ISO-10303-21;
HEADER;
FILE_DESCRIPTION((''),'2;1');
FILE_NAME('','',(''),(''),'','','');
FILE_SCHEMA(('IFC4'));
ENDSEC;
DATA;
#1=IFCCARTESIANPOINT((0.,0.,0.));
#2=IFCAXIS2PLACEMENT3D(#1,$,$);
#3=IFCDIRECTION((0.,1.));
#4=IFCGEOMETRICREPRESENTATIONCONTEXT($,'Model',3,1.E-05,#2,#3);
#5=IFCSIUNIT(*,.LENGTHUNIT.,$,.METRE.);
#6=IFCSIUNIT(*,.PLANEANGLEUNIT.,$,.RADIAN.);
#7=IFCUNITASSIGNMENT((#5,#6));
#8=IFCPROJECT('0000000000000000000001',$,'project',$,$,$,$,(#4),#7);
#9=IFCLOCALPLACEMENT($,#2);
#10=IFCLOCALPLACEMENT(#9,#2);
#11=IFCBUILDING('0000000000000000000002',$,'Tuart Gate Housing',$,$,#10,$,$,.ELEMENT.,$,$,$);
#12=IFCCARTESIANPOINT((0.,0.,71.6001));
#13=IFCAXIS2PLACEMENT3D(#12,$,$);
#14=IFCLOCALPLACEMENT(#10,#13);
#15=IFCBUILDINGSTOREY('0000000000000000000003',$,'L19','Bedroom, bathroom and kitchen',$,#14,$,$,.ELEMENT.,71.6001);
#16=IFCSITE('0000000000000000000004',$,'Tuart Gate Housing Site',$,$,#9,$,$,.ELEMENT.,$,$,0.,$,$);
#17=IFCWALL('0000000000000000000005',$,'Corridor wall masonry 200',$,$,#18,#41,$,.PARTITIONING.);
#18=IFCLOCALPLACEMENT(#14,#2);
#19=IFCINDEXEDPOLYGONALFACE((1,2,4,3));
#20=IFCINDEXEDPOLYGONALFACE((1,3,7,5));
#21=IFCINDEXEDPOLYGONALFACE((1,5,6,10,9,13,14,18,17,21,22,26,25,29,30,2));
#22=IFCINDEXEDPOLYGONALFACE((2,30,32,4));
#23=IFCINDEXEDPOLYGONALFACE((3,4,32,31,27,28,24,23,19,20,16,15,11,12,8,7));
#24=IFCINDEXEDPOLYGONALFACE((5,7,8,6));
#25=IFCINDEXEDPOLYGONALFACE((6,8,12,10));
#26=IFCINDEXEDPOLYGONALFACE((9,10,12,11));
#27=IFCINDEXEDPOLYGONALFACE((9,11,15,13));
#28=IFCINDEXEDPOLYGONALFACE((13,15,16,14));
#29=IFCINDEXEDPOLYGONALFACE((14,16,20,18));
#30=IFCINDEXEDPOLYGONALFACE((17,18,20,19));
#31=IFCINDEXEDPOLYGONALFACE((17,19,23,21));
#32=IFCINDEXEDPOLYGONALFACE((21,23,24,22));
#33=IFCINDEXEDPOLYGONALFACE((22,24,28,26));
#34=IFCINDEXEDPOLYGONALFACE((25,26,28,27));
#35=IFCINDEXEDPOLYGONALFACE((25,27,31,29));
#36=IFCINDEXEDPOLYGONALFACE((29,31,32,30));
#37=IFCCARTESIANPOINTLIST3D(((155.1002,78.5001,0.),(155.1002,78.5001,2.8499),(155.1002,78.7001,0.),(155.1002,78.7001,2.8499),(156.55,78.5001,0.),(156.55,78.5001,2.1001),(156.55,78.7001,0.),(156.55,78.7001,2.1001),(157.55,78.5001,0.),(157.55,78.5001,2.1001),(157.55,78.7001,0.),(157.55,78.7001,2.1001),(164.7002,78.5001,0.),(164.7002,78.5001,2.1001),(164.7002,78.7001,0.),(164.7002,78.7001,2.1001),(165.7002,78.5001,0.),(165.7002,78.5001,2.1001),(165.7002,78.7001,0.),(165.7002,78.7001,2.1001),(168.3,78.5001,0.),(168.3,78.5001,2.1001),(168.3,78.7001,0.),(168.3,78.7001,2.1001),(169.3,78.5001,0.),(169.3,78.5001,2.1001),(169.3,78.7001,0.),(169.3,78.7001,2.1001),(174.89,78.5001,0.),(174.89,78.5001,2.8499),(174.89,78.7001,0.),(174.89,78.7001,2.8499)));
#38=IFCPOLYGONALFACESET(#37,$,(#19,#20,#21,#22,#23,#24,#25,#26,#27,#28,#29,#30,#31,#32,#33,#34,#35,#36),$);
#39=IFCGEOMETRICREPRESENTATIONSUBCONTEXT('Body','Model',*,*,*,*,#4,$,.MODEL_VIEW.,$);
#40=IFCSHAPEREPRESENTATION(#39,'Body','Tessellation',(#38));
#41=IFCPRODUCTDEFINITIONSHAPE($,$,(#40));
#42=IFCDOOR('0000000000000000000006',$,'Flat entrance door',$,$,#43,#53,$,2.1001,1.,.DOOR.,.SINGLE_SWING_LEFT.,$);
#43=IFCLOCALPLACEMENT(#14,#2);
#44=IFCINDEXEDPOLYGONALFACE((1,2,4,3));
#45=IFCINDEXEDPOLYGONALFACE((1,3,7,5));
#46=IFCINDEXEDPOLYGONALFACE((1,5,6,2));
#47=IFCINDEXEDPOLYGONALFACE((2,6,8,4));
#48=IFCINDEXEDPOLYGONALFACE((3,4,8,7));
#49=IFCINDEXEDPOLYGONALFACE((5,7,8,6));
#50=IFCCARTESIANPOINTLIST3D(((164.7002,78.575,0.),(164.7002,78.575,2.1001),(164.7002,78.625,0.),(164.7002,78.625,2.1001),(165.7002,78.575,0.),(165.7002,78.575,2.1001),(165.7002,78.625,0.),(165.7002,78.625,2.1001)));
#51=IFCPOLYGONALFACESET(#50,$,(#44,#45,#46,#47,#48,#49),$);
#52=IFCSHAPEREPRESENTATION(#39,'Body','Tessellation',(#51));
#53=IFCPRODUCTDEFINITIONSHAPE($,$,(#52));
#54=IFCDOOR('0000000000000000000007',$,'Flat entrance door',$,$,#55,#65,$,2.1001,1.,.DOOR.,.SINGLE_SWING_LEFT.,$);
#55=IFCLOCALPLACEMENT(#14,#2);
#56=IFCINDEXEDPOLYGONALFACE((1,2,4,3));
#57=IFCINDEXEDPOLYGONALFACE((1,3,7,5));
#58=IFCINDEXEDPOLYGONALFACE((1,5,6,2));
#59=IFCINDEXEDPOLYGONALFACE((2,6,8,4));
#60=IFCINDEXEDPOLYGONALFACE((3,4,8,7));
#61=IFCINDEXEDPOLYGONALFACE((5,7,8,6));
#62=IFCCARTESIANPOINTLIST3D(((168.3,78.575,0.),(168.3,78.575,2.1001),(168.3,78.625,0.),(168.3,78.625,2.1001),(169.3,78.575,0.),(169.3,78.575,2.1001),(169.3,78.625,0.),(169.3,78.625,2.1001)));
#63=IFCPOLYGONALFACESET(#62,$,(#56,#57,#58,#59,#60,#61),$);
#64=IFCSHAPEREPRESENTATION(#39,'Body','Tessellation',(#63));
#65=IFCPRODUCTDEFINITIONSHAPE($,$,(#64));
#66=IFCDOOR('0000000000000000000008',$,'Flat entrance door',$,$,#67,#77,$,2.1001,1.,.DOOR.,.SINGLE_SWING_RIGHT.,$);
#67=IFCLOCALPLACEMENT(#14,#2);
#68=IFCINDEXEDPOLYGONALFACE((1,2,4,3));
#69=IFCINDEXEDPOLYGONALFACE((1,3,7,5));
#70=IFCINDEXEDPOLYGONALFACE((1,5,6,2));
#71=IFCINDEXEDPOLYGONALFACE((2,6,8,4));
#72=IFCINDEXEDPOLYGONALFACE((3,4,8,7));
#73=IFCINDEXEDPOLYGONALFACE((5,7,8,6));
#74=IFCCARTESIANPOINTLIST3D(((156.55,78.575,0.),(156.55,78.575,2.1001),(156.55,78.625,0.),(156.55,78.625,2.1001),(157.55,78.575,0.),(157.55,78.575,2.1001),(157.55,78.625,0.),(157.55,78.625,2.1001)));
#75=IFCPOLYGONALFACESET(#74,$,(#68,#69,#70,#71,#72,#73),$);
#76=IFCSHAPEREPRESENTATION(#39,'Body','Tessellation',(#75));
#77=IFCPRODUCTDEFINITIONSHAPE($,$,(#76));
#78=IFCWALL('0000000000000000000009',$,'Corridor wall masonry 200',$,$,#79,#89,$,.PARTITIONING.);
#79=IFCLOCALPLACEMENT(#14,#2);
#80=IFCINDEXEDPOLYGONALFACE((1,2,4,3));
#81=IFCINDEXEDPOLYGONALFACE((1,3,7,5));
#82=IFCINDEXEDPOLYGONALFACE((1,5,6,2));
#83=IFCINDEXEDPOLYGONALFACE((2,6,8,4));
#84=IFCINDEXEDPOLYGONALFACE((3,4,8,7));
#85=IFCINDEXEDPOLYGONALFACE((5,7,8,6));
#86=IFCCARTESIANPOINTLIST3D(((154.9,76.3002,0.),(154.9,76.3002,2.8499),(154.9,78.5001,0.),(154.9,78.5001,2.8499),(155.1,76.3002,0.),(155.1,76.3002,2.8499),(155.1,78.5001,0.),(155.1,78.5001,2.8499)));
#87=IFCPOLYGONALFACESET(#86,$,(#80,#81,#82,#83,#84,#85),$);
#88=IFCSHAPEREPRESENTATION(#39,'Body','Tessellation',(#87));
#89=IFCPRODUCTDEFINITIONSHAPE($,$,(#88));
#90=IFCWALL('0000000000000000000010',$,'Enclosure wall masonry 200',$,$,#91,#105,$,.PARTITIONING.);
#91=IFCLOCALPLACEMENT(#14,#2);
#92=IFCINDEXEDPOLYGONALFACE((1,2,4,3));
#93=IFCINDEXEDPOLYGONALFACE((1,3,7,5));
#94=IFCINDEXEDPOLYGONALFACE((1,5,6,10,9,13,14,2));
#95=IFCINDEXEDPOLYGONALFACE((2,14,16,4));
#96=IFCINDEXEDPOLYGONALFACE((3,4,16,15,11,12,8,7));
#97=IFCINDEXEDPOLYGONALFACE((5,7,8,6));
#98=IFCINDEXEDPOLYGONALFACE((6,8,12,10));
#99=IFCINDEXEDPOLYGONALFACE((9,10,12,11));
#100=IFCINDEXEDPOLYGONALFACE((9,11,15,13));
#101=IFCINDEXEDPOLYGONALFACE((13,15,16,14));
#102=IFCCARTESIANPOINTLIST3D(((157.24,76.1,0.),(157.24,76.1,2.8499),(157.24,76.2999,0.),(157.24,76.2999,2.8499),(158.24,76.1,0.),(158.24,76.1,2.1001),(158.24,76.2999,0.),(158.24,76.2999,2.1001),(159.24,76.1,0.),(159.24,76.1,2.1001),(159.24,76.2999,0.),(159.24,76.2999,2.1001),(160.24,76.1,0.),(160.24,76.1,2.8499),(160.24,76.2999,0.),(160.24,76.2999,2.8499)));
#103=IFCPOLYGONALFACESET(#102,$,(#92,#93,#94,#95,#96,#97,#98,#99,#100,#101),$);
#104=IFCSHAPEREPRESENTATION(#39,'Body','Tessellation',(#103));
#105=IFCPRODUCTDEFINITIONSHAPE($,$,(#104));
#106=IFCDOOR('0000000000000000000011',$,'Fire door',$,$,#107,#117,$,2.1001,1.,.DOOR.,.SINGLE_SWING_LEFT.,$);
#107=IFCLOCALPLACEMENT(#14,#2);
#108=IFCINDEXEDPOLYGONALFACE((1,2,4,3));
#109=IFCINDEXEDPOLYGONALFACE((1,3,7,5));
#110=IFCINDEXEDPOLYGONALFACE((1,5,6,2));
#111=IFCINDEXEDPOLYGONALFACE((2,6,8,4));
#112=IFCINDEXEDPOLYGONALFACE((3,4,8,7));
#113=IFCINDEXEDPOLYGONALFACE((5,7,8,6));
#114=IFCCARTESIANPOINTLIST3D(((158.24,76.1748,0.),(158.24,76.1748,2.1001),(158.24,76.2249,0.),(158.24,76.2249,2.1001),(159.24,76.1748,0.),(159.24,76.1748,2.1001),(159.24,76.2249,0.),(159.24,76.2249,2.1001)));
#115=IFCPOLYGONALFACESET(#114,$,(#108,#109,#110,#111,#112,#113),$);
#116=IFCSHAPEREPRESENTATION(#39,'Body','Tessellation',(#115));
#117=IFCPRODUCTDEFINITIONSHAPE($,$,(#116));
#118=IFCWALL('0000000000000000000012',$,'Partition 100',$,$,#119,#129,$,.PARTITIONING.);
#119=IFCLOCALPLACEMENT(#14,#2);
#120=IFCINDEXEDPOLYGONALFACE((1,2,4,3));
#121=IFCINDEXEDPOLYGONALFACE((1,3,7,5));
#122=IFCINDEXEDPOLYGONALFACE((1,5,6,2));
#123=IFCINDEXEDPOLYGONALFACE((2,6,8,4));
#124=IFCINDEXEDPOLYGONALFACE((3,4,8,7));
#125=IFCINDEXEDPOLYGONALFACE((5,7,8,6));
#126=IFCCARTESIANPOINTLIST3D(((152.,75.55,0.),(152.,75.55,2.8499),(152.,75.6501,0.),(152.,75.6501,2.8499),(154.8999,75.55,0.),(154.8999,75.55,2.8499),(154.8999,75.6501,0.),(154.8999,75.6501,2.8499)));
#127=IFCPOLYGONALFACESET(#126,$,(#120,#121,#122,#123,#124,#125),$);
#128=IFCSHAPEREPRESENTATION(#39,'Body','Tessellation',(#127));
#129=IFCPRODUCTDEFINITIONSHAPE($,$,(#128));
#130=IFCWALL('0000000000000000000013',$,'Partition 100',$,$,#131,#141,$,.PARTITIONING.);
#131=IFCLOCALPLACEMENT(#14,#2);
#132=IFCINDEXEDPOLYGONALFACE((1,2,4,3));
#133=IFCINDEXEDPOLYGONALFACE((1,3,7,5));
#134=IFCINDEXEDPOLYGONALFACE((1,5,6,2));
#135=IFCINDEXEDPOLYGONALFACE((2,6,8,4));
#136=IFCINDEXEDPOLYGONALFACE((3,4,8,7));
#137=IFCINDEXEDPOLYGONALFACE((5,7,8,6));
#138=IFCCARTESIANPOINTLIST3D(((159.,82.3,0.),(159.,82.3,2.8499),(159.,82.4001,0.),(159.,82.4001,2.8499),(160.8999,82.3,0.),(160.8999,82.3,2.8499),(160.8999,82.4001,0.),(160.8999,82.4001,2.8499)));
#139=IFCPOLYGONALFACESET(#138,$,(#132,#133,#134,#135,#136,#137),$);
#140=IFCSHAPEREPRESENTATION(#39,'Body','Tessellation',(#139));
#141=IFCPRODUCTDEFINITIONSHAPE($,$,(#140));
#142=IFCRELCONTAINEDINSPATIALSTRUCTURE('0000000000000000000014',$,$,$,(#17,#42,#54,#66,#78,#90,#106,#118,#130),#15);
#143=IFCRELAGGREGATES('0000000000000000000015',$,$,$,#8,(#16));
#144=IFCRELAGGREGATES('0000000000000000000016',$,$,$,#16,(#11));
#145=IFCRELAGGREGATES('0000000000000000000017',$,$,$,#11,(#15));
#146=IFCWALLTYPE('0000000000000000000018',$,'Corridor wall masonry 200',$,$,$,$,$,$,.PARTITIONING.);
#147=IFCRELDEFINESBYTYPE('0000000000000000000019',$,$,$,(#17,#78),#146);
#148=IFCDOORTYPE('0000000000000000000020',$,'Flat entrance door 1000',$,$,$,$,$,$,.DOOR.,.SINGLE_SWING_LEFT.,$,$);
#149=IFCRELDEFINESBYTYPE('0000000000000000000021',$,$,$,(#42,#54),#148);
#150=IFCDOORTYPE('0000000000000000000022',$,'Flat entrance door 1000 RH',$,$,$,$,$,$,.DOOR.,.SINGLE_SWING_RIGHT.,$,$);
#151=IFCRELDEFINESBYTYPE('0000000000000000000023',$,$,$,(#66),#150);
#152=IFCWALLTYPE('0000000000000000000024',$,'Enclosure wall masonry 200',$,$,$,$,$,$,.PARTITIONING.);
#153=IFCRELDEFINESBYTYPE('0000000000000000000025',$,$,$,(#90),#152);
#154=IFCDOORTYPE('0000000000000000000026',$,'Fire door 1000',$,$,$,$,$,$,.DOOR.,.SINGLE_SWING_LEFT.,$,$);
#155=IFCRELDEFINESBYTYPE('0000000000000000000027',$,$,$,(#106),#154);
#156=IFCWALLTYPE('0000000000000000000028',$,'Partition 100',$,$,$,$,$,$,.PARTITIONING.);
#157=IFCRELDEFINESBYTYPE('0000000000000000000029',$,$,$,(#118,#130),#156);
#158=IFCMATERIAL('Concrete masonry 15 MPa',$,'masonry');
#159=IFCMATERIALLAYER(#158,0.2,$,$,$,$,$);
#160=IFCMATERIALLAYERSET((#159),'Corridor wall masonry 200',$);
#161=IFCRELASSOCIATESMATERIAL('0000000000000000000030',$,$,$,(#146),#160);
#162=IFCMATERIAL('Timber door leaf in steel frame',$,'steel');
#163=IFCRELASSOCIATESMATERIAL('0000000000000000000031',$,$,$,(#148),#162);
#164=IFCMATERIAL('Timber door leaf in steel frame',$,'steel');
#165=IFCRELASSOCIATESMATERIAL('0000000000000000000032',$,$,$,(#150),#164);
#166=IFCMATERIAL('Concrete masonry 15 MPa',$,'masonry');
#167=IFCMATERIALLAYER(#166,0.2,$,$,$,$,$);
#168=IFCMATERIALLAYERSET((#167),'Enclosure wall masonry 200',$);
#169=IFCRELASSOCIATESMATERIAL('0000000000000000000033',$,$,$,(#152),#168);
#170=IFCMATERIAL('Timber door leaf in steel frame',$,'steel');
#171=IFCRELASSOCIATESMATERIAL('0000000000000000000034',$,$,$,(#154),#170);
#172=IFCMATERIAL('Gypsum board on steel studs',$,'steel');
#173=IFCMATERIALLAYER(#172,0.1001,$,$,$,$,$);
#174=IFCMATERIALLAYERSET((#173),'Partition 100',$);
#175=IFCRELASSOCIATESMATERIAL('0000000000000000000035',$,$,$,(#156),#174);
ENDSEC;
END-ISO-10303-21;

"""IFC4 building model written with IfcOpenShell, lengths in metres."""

from ifc_helpers import new_model, si_unit, direction, frame, frame_2d, origin, place, context, subcontext, project, spatial, rectangle, extrude, material, layer, layer_set, type_object, element, fill, save


model = new_model("IFC4")

# Units and contexts
model_context = context("Model", 3, precision=1e-05, world=origin(), true_north=direction((0.0, 1.0)))
body_context = subcontext(model_context, "Body", "Model", "MODEL_VIEW")
ifc_project = project(units=[si_unit("LENGTHUNIT", "METRE"), si_unit("PLANEANGLEUNIT", "RADIAN")], contexts=[model_context])

# Site, building, storey
site_placement = place(None, origin())
site = spatial("IfcSite", under=ifc_project, at=site_placement, Name="Tuart Gate Housing Site", CompositionType="ELEMENT", RefElevation=0.0)
building_placement = place(site_placement, origin())
building = spatial("IfcBuilding", under=site, at=building_placement, Name="Tuart Gate Housing", CompositionType="ELEMENT")
storey_placement = place(building_placement, frame((0.0, 0.0, 71.6001)))
storey = spatial("IfcBuildingStorey", under=building, at=storey_placement, Name="L19", Description="Bedroom, bathroom and kitchen", CompositionType="ELEMENT", Elevation=71.6001)

# Shared definitions
ifc_material_1 = material(Name="Concrete masonry 15 MPa", Category="masonry")
ifc_layer_1 = layer(ifc_material_1, 0.2)
ifc_layer_set_1 = layer_set([ifc_layer_1], Name="Corridor wall masonry 200")
wall_type_1 = type_object("IfcWallType", Name="Corridor wall masonry 200", PredefinedType="PARTITIONING", material=ifc_layer_set_1)

# Wall, openings, doors
wall_1_placement = place(storey_placement, frame((155.1001, 78.6001, 0.0), z_axis=(0.0, 0.0, 1.0), x_axis=(1.0, 0.0, 0.0)))
wall_1 = element("IfcWall", 1, at=wall_1_placement, inside=storey, type_object=wall_type_1, Name="Corridor wall masonry 200", PredefinedType="PARTITIONING", context=body_context, shape_type="SweptSolid", body=[
    extrude(rectangle(XDim=19.7898, YDim=0.2, at=frame_2d((9.895, 0.0))), origin(), (0.0, 0.0, 1.0), 2.8499),
])
opening_1_placement = place(wall_1_placement, frame((1.45, 0.0, 0.0)))
opening_1 = element("IfcOpeningElement", 2, at=opening_1_placement, cuts=wall_1, PredefinedType="OPENING", context=body_context, shape_type="SweptSolid", body=[
    extrude(rectangle(XDim=1.0, YDim=2.1001, at=frame_2d((0.5, 1.05))), frame((0.0, 0.1099, 0.0), z_axis=(0.0, -1.0, 0.0), x_axis=(1.0, 0.0, 0.0)), (0.0, 0.0, 1.0), 0.22),
])
opening_2_placement = place(wall_1_placement, frame((9.6001, 0.0, 0.0)))
opening_2 = element("IfcOpeningElement", 3, at=opening_2_placement, cuts=wall_1, PredefinedType="OPENING", context=body_context, shape_type="SweptSolid", body=[
    extrude(rectangle(XDim=1.0, YDim=2.1001, at=frame_2d((0.5, 1.05))), frame((0.0, 0.1099, 0.0), z_axis=(0.0, -1.0, 0.0), x_axis=(1.0, 0.0, 0.0)), (0.0, 0.0, 1.0), 0.22),
])
opening_3_placement = place(wall_1_placement, frame((13.2, 0.0, 0.0)))
opening_3 = element("IfcOpeningElement", 4, at=opening_3_placement, cuts=wall_1, PredefinedType="OPENING", context=body_context, shape_type="SweptSolid", body=[
    extrude(rectangle(XDim=1.0, YDim=2.1001, at=frame_2d((0.5, 1.05))), frame((0.0, 0.1099, 0.0), z_axis=(0.0, -1.0, 0.0), x_axis=(1.0, 0.0, 0.0)), (0.0, 0.0, 1.0), 0.22),
])
ifc_material_2 = material(Name="Timber door leaf in steel frame", Category="steel")
door_type_1 = type_object("IfcDoorType", Name="Flat entrance door 1000", OperationType="SINGLE_SWING_LEFT", PredefinedType="DOOR", material=ifc_material_2)
door_1_placement = place(opening_2_placement, origin())
door_1 = element("IfcDoor", 5, at=door_1_placement, inside=storey, type_object=door_type_1, Name="Flat entrance door", OperationType="SINGLE_SWING_LEFT", OverallHeight=2.1001, OverallWidth=1.0, PredefinedType="DOOR", context=body_context, shape_type="SweptSolid", body=[
    extrude(rectangle(XDim=1.0, YDim=2.1001, at=frame_2d((0.5, 1.05))), frame((0.0, 0.0249, 0.0), z_axis=(0.0, -1.0, 0.0), x_axis=(1.0, 0.0, 0.0)), (0.0, 0.0, 1.0), 0.05),
])
fill(opening_2, door_1)
door_2_placement = place(opening_3_placement, origin())
door_2 = element("IfcDoor", 6, at=door_2_placement, inside=storey, type_object=door_type_1, Name="Flat entrance door", OperationType="SINGLE_SWING_LEFT", OverallHeight=2.1001, OverallWidth=1.0, PredefinedType="DOOR", context=body_context, shape_type="SweptSolid", body=[
    extrude(rectangle(XDim=1.0, YDim=2.1001, at=frame_2d((0.5, 1.05))), frame((0.0, 0.0249, 0.0), z_axis=(0.0, -1.0, 0.0), x_axis=(1.0, 0.0, 0.0)), (0.0, 0.0, 1.0), 0.05),
])
fill(opening_3, door_2)
ifc_material_3 = material(Name="Timber door leaf in steel frame", Category="steel")
door_type_2 = type_object("IfcDoorType", Name="Flat entrance door 1000 RH", OperationType="SINGLE_SWING_RIGHT", PredefinedType="DOOR", material=ifc_material_3)
door_3_placement = place(opening_1_placement, origin())
door_3 = element("IfcDoor", 7, at=door_3_placement, inside=storey, type_object=door_type_2, Name="Flat entrance door", OperationType="SINGLE_SWING_RIGHT", OverallHeight=2.1001, OverallWidth=1.0, PredefinedType="DOOR", context=body_context, shape_type="SweptSolid", body=[
    extrude(rectangle(XDim=1.0, YDim=2.1001, at=frame_2d((0.5, 1.05))), frame((0.0, 0.0249, 0.0), z_axis=(0.0, -1.0, 0.0), x_axis=(1.0, 0.0, 0.0)), (0.0, 0.0, 1.0), 0.05),
])
fill(opening_1, door_3)

# Wall
wall_2_placement = place(storey_placement, frame((155.0, 76.3, 0.0), z_axis=(0.0, 0.0, 1.0), x_axis=(0.0, 1.0, 0.0)))
element("IfcWall", 8, at=wall_2_placement, inside=storey, type_object=wall_type_1, Name="Corridor wall masonry 200", PredefinedType="PARTITIONING", context=body_context, shape_type="SweptSolid", body=[
    extrude(rectangle(XDim=2.2, YDim=0.2, at=frame_2d((1.1001, 0.0))), origin(), (0.0, 0.0, 1.0), 2.8499),
])

# Wall, opening, door
ifc_material_4 = material(Name="Concrete masonry 15 MPa", Category="masonry")
ifc_layer_2 = layer(ifc_material_4, 0.2)
ifc_layer_set_2 = layer_set([ifc_layer_2], Name="Enclosure wall masonry 200")
wall_type_2 = type_object("IfcWallType", Name="Enclosure wall masonry 200", PredefinedType="PARTITIONING", material=ifc_layer_set_2)
wall_3_placement = place(storey_placement, frame((157.24, 76.2, 0.0), z_axis=(0.0, 0.0, 1.0), x_axis=(1.0, 0.0, 0.0)))
wall_3 = element("IfcWall", 9, at=wall_3_placement, inside=storey, type_object=wall_type_2, Name="Enclosure wall masonry 200", PredefinedType="PARTITIONING", context=body_context, shape_type="SweptSolid", body=[
    extrude(rectangle(XDim=3.0, YDim=0.2, at=frame_2d((1.5, 0.0))), origin(), (0.0, 0.0, 1.0), 2.8499),
])
opening_4_placement = place(wall_3_placement, frame((1.0, 0.0, 0.0)))
opening_4 = element("IfcOpeningElement", 10, at=opening_4_placement, cuts=wall_3, PredefinedType="OPENING", context=body_context, shape_type="SweptSolid", body=[
    extrude(rectangle(XDim=1.0, YDim=2.1001, at=frame_2d((0.5, 1.05))), frame((0.0, 0.1099, 0.0), z_axis=(0.0, -1.0, 0.0), x_axis=(1.0, 0.0, 0.0)), (0.0, 0.0, 1.0), 0.22),
])
ifc_material_5 = material(Name="Timber door leaf in steel frame", Category="steel")
door_type_3 = type_object("IfcDoorType", Name="Fire door 1000", OperationType="SINGLE_SWING_LEFT", PredefinedType="DOOR", material=ifc_material_5)
door_4_placement = place(opening_4_placement, origin())
door_4 = element("IfcDoor", 11, at=door_4_placement, inside=storey, type_object=door_type_3, Name="Fire door", OperationType="SINGLE_SWING_LEFT", OverallHeight=2.1001, OverallWidth=1.0, PredefinedType="DOOR", context=body_context, shape_type="SweptSolid", body=[
    extrude(rectangle(XDim=1.0, YDim=2.1001, at=frame_2d((0.5, 1.05))), frame((0.0, 0.0249, 0.0), z_axis=(0.0, -1.0, 0.0), x_axis=(1.0, 0.0, 0.0)), (0.0, 0.0, 1.0), 0.05),
])
fill(opening_4, door_4)

# Walls
ifc_material_6 = material(Name="Gypsum board on steel studs", Category="steel")
ifc_layer_3 = layer(ifc_material_6, 0.1001)
ifc_layer_set_3 = layer_set([ifc_layer_3], Name="Partition 100")
wall_type_3 = type_object("IfcWallType", Name="Partition 100", PredefinedType="PARTITIONING", material=ifc_layer_set_3)
wall_4_placement = place(storey_placement, frame((152.0, 75.6001, 0.0), z_axis=(0.0, 0.0, 1.0), x_axis=(1.0, 0.0, 0.0)))
element("IfcWall", 12, at=wall_4_placement, inside=storey, type_object=wall_type_3, Name="Partition 100", PredefinedType="PARTITIONING", context=body_context, shape_type="SweptSolid", body=[
    extrude(rectangle(XDim=2.8999, YDim=0.1001, at=frame_2d((1.45, 0.0))), origin(), (0.0, 0.0, 1.0), 2.8499),
])
wall_5_placement = place(storey_placement, frame((159.0, 82.3501, 0.0), z_axis=(0.0, 0.0, 1.0), x_axis=(1.0, 0.0, 0.0)))
element("IfcWall", 13, at=wall_5_placement, inside=storey, type_object=wall_type_3, Name="Partition 100", PredefinedType="PARTITIONING", context=body_context, shape_type="SweptSolid", body=[
    extrude(rectangle(XDim=1.8999, YDim=0.1001, at=frame_2d((0.95, 0.0))), origin(), (0.0, 0.0, 1.0), 2.8499),
])

save(model, "model.ifc")
